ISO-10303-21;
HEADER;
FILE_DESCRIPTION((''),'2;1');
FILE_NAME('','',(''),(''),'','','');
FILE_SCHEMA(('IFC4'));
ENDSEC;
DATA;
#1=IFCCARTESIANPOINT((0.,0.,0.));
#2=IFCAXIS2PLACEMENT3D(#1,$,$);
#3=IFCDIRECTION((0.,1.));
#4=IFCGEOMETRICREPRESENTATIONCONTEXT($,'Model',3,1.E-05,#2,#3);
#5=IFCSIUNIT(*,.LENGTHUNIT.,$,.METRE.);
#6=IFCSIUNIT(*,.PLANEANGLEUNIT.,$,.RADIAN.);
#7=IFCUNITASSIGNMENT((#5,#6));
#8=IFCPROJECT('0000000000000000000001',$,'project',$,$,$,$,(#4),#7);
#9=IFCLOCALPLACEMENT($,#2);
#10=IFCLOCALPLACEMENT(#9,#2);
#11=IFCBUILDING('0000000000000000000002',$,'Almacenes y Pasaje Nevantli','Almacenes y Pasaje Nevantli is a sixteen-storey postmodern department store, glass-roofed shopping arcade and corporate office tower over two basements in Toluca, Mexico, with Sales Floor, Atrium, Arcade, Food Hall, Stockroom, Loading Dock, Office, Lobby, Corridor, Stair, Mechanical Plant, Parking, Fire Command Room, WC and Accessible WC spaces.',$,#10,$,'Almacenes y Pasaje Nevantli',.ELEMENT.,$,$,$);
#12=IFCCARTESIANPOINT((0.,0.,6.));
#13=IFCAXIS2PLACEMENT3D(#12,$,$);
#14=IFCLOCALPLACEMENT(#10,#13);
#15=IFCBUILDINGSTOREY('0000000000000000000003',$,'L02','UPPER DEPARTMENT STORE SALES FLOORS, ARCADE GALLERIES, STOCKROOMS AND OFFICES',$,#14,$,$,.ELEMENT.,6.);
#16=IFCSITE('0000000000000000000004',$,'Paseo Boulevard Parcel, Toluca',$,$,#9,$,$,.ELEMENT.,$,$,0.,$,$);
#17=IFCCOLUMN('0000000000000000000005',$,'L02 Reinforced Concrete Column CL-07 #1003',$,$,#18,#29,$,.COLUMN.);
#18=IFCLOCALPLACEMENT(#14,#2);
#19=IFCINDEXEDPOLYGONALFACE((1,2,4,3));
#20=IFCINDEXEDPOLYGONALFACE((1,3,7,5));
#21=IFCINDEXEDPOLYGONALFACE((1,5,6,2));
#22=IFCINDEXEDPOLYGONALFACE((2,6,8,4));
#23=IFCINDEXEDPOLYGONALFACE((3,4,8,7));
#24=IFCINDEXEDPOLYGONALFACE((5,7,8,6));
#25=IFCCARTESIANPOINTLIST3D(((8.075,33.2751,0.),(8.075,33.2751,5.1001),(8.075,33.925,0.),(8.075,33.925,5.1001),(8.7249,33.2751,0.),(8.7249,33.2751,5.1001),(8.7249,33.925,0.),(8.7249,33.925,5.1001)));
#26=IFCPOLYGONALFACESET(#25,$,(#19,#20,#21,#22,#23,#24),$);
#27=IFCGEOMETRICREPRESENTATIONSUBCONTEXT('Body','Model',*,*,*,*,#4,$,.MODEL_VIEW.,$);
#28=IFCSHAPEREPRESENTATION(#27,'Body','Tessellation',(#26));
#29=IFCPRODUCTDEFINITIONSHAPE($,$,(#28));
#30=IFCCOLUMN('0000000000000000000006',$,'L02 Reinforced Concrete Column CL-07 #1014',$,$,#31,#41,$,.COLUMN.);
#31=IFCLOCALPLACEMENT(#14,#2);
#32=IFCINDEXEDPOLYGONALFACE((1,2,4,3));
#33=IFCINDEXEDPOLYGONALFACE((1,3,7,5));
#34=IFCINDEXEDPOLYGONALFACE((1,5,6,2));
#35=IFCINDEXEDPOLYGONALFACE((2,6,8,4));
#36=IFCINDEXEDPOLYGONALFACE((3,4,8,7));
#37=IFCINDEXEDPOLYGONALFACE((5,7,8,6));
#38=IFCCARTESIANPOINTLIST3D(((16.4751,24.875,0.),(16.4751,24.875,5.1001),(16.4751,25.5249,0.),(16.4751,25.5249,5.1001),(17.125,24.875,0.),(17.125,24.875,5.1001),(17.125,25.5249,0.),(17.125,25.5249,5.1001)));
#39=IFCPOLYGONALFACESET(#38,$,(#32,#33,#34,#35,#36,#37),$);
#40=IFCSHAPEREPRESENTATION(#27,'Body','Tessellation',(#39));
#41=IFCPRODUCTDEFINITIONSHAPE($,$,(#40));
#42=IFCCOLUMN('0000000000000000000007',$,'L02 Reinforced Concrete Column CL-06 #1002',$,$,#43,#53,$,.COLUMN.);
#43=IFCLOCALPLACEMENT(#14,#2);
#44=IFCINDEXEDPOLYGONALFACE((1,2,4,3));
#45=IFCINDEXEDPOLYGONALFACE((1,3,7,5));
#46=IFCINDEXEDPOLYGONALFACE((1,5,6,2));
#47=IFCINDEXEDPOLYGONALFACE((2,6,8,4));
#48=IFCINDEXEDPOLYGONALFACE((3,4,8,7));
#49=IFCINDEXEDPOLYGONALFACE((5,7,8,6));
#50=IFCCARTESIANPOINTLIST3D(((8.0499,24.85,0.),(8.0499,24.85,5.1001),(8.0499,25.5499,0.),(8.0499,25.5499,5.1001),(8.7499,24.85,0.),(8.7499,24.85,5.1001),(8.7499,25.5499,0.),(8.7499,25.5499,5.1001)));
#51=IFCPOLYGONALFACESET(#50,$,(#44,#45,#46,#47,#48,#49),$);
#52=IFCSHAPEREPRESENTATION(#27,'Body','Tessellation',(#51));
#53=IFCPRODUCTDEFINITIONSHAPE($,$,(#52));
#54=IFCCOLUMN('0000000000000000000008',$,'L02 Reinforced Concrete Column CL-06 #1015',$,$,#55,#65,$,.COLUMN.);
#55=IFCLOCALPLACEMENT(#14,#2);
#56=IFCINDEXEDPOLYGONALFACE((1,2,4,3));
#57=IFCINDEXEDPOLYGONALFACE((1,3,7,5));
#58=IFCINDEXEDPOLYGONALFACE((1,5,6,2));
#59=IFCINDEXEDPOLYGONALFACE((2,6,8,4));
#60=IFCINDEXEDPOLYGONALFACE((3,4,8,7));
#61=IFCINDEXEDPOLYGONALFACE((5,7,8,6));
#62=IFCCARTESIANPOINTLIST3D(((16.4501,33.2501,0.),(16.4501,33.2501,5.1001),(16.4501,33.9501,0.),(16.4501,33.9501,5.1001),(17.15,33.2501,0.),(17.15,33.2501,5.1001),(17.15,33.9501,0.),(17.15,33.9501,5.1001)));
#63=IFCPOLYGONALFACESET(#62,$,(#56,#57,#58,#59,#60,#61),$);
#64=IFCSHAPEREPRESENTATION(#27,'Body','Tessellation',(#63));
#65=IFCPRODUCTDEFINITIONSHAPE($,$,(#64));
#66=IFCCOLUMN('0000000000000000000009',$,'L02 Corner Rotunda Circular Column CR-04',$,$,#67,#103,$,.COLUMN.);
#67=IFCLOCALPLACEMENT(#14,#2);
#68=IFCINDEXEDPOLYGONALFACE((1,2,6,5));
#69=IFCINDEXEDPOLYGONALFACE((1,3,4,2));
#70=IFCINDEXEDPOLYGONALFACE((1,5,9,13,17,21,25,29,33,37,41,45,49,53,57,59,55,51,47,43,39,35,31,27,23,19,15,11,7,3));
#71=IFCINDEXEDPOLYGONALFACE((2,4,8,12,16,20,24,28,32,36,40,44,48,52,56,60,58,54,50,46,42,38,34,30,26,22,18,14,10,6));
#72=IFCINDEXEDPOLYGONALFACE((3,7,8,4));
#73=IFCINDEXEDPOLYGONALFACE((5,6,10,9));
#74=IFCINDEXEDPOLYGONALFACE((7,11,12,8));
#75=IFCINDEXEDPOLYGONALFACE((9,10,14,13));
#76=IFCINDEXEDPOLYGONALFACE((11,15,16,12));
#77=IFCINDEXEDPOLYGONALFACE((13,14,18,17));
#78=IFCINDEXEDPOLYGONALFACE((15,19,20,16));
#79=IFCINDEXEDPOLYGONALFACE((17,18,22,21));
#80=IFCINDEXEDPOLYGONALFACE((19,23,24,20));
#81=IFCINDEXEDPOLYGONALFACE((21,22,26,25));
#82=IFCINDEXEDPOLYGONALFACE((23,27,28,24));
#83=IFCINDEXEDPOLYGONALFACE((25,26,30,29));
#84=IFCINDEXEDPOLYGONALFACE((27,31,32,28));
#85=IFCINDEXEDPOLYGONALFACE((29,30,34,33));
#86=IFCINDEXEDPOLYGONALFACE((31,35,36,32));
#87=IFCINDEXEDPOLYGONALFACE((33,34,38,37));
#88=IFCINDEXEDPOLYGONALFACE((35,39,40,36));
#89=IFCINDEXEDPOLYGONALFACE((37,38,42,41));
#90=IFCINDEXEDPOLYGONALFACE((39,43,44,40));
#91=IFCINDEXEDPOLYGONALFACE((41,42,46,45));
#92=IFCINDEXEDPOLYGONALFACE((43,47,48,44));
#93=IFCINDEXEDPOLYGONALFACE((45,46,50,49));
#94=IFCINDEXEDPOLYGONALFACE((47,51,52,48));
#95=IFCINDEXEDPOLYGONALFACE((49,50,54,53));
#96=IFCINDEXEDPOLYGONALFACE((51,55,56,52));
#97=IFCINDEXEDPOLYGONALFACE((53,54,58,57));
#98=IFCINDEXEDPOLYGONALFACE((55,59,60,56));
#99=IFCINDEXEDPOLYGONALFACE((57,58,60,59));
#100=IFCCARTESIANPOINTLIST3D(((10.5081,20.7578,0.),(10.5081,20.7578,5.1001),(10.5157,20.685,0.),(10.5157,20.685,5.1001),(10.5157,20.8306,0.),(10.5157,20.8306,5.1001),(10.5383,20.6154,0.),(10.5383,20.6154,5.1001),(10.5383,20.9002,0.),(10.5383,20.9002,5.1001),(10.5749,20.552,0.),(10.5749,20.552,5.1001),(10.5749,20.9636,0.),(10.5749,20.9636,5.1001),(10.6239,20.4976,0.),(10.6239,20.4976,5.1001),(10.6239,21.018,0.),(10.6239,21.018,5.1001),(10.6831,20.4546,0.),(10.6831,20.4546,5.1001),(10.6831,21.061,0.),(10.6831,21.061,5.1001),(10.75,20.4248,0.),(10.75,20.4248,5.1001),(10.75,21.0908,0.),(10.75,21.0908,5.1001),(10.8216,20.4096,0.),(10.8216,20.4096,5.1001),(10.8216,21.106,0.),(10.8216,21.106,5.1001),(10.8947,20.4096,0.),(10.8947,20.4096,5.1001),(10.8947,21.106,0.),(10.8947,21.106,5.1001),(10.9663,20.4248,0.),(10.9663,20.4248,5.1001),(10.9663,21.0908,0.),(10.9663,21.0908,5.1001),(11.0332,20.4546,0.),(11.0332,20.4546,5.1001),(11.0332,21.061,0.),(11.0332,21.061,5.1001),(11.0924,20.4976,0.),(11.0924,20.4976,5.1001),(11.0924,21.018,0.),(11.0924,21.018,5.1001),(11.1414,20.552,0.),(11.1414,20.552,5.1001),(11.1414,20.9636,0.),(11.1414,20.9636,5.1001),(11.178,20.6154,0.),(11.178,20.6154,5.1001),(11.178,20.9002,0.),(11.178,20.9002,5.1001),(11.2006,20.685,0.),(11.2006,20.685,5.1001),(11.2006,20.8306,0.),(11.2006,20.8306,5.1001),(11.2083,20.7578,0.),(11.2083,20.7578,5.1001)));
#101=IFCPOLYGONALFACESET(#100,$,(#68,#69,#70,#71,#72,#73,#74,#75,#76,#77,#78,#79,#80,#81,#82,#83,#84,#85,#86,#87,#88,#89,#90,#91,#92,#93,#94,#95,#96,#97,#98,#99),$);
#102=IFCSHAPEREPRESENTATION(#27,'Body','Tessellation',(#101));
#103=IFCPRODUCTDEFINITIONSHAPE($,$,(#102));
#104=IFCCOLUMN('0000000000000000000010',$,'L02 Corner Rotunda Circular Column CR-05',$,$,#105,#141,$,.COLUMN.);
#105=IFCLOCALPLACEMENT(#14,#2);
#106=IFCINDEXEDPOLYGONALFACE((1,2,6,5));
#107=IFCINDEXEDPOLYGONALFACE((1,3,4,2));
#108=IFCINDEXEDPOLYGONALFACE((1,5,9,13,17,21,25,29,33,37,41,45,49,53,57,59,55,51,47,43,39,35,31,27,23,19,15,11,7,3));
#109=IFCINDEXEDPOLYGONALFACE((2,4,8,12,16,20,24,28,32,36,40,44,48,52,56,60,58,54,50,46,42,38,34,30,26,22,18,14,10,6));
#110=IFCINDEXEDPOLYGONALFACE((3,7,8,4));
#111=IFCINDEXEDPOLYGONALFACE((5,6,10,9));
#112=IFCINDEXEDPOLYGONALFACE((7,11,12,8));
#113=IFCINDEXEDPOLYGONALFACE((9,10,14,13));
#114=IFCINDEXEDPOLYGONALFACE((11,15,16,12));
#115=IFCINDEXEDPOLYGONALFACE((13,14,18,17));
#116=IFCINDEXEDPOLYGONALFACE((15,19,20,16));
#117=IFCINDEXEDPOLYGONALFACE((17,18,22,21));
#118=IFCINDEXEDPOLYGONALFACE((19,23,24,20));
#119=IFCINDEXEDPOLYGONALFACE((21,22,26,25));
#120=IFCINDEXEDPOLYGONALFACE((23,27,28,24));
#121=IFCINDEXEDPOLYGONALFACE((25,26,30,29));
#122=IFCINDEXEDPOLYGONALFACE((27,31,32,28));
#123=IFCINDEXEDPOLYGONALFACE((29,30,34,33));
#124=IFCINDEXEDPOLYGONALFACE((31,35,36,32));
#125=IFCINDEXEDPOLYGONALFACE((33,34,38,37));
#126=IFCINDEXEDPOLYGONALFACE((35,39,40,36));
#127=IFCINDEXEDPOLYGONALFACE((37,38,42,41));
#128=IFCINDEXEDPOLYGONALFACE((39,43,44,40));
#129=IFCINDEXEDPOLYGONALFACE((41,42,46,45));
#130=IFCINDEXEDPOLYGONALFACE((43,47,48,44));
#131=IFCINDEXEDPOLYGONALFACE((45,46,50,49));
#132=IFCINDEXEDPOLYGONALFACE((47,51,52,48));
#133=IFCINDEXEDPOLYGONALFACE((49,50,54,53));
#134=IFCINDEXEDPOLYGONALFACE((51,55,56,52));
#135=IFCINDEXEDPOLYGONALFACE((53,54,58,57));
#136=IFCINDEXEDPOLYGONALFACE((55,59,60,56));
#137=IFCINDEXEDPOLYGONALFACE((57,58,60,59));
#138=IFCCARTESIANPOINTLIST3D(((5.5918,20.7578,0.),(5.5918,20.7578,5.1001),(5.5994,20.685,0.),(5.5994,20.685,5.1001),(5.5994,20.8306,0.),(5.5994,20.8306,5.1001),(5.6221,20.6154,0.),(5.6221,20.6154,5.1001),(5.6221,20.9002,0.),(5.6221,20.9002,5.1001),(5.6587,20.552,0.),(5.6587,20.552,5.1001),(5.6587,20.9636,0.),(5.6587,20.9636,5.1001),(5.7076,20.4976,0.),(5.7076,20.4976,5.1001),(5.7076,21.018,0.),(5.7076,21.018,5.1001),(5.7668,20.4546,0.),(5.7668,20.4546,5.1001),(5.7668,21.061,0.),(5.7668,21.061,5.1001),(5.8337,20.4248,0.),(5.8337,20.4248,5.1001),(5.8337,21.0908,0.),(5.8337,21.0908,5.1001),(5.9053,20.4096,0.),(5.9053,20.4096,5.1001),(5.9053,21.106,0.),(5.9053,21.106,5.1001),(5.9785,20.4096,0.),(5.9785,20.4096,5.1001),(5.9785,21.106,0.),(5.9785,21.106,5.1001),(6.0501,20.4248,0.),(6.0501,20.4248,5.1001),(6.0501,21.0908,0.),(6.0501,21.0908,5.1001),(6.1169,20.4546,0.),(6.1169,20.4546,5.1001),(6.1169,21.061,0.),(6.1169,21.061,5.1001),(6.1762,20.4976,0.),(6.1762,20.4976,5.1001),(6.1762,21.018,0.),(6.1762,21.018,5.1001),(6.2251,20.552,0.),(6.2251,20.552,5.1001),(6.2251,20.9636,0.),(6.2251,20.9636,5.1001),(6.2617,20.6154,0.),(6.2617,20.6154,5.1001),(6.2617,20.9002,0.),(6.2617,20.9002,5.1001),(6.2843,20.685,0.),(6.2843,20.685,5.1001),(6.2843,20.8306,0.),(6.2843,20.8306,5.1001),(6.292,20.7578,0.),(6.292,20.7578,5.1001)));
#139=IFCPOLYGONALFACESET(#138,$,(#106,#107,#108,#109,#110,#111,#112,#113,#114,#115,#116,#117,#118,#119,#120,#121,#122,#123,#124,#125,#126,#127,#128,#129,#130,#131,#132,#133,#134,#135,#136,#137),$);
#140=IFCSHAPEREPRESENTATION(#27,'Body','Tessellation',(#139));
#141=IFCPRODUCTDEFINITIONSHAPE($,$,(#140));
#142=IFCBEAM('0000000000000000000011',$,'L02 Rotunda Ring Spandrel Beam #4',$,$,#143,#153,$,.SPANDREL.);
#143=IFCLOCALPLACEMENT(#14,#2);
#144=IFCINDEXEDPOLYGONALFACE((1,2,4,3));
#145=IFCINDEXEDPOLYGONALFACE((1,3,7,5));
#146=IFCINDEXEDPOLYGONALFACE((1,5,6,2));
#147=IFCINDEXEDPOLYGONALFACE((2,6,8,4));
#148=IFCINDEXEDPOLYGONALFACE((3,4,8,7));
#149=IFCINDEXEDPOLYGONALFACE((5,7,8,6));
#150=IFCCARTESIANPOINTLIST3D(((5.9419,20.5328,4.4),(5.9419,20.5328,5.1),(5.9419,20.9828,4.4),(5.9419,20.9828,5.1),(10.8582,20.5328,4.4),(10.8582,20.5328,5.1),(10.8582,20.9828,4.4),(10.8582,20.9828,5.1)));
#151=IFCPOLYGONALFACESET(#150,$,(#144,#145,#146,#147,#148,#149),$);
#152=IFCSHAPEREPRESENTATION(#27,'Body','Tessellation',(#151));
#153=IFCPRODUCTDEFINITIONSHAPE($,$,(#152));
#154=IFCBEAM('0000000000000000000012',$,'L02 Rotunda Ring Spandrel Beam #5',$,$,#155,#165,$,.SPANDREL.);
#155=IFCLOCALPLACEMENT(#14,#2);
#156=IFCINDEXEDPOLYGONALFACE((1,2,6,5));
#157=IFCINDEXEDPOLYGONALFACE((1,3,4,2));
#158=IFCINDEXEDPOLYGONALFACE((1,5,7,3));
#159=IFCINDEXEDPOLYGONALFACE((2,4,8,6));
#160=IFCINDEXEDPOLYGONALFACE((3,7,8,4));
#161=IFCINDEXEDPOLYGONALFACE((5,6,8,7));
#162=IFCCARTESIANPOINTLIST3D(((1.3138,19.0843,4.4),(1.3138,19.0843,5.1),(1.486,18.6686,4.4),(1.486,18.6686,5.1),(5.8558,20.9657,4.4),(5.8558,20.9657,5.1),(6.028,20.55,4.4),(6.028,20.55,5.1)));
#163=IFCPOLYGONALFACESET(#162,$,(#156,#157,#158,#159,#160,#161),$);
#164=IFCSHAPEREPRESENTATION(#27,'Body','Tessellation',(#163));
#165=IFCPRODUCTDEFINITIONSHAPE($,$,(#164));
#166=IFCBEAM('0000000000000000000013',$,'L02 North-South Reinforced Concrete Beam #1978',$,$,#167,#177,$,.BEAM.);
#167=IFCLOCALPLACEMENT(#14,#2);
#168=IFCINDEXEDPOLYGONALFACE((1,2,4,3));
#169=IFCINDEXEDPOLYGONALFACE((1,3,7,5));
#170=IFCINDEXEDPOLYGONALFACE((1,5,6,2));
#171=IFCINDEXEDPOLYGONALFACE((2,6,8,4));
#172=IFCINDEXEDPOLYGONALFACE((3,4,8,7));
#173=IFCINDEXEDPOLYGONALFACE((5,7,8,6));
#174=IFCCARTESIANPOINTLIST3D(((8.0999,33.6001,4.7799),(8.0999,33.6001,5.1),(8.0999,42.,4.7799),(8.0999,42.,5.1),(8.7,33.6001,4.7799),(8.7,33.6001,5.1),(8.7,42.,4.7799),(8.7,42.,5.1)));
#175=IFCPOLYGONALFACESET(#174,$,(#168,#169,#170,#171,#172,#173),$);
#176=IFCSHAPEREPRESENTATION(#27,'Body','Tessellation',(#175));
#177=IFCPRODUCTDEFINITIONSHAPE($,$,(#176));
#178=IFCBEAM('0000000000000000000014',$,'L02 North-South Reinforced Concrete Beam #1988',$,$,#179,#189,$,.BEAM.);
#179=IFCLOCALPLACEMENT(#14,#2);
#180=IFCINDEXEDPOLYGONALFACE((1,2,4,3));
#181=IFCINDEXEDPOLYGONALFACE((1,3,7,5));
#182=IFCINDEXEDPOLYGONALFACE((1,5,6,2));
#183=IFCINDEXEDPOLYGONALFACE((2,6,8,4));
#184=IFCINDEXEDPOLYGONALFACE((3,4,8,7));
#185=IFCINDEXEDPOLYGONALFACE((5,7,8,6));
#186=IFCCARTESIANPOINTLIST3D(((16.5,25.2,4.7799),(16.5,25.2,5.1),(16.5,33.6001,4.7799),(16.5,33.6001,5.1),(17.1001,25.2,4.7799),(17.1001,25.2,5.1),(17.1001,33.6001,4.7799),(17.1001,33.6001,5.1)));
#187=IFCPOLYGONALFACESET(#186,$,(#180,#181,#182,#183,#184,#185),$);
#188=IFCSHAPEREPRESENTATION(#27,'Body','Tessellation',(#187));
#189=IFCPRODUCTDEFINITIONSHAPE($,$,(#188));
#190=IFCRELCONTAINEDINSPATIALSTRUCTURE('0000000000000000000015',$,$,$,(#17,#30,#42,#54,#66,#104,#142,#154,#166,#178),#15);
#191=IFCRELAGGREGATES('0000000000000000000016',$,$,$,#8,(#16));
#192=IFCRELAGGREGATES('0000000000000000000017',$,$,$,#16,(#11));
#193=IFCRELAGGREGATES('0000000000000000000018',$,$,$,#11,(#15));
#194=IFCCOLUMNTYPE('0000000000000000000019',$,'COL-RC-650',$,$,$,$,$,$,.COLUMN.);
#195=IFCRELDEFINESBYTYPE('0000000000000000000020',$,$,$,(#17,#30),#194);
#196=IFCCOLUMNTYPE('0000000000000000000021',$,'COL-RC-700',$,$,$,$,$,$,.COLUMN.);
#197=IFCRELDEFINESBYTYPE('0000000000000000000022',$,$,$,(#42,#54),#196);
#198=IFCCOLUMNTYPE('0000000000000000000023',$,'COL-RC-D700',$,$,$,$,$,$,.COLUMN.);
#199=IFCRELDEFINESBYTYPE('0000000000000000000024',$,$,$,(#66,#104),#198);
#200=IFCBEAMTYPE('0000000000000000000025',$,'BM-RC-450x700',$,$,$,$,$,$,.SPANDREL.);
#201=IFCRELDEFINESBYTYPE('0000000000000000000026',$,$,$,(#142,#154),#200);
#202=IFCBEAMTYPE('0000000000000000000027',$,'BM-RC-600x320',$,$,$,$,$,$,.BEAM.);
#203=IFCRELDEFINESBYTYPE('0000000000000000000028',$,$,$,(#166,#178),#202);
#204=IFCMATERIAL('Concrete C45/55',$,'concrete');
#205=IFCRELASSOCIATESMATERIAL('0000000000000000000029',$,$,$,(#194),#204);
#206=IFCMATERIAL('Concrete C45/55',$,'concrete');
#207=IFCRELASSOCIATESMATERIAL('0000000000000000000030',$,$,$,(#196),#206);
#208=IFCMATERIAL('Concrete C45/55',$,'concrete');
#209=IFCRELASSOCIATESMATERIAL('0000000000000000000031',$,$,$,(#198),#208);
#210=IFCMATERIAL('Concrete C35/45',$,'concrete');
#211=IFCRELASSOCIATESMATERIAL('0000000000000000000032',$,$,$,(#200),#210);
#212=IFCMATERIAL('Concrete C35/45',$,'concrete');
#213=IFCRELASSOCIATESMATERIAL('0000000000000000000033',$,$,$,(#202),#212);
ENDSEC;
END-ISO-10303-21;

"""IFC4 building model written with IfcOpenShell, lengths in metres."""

from ifc_helpers import new_model, si_unit, direction, frame, origin, origin_2d, place, context, subcontext, project, spatial, rectangle, circle, extrude, material, material_profile, profile_set, type_object, element, save


model = new_model("IFC4")

# Units and contexts
model_context = context("Model", 3, precision=1e-05, world=origin(), true_north=direction((0.0, 1.0)))
body_context = subcontext(model_context, "Body", "Model", "MODEL_VIEW")
ifc_project = project(units=[si_unit("LENGTHUNIT", "METRE"), si_unit("PLANEANGLEUNIT", "RADIAN")], contexts=[model_context])

# Site, building, storey
site_placement = place(None, origin())
site = spatial("IfcSite", under=ifc_project, at=site_placement, Name="Paseo Boulevard Parcel, Toluca", CompositionType="ELEMENT", RefElevation=0.0)
building_placement = place(site_placement, origin())
building = spatial("IfcBuilding", under=site, at=building_placement, Name="Almacenes y Pasaje Nevantli", Description="Almacenes y Pasaje Nevantli is a sixteen-storey postmodern department store, glass-roofed shopping arcade and corporate office tower over two basements in Toluca, Mexico, with Sales Floor, Atrium, Arcade, Food Hall, Stockroom, Loading Dock, Office, Lobby, Corridor, Stair, Mechanical Plant, Parking, Fire Command Room, WC and Accessible WC spaces.", LongName="Almacenes y Pasaje Nevantli", CompositionType="ELEMENT")
storey_placement = place(building_placement, frame((0.0, 0.0, 6.0)))
storey = spatial("IfcBuildingStorey", under=building, at=storey_placement, Name="L02", Description="UPPER DEPARTMENT STORE SALES FLOORS, ARCADE GALLERIES, STOCKROOMS AND OFFICES", CompositionType="ELEMENT", Elevation=6.0)

# Columns
ifc_material_1 = material(Name="Concrete C45/55", Category="concrete")
ifc_material_profile_1 = material_profile(ifc_material_1, rectangle(XDim=0.6499, YDim=0.6499, at=origin_2d()), Name="RC-COL-650x650")
ifc_profile_set_1 = profile_set([ifc_material_profile_1], Name="Concrete C45/55")
column_type_1 = type_object("IfcColumnType", Name="COL-RC-650", PredefinedType="COLUMN", material=ifc_profile_set_1)
for number, where, z_axis, x_axis, name in (
    (1, (8.3999, 33.6001, 0.0), (0.0, 0.0, 1.0), (1.0, 0.0, 0.0), "L02 Reinforced Concrete Column CL-07 #1003"),
    (2, (16.8, 25.2, 0.0), (0.0, 0.0, 1.0), (1.0, 0.0, 0.0), "L02 Reinforced Concrete Column CL-07 #1014"),
):
    element("IfcColumn", number, at=place(storey_placement, frame(where, z_axis=z_axis, x_axis=x_axis)), inside=storey, type_object=column_type_1, Name=name, PredefinedType="COLUMN", context=body_context, shape_type="SweptSolid", body=[
        extrude(rectangle(XDim=0.6499, YDim=0.6499, at=origin_2d()), origin(), (0.0, 0.0, 1.0), 5.1001),
    ])
ifc_material_2 = material(Name="Concrete C45/55", Category="concrete")
ifc_material_profile_2 = material_profile(ifc_material_2, rectangle(XDim=0.7, YDim=0.7, at=origin_2d()), Name="RC-COL-700x700")
ifc_profile_set_2 = profile_set([ifc_material_profile_2], Name="Concrete C45/55")
column_type_2 = type_object("IfcColumnType", Name="COL-RC-700", PredefinedType="COLUMN", material=ifc_profile_set_2)
for number, where, z_axis, x_axis, name in (
    (3, (8.3999, 25.2, 0.0), (0.0, 0.0, 1.0), (1.0, 0.0, 0.0), "L02 Reinforced Concrete Column CL-06 #1002"),
    (4, (16.8, 33.6001, 0.0), (0.0, 0.0, 1.0), (1.0, 0.0, 0.0), "L02 Reinforced Concrete Column CL-06 #1015"),
):
    element("IfcColumn", number, at=place(storey_placement, frame(where, z_axis=z_axis, x_axis=x_axis)), inside=storey, type_object=column_type_2, Name=name, PredefinedType="COLUMN", context=body_context, shape_type="SweptSolid", body=[
        extrude(rectangle(XDim=0.7, YDim=0.7, at=origin_2d()), origin(), (0.0, 0.0, 1.0), 5.1001),
    ])
ifc_material_3 = material(Name="Concrete C45/55", Category="concrete")
ifc_material_profile_3 = material_profile(ifc_material_3, circle(Radius=0.3501, at=origin_2d()), Name="RC-COL-D700")
ifc_profile_set_3 = profile_set([ifc_material_profile_3], Name="Concrete C45/55")
column_type_3 = type_object("IfcColumnType", Name="COL-RC-D700", PredefinedType="COLUMN", material=ifc_profile_set_3)
for number, where, z_axis, x_axis, name in (
    (5, (10.8582, 20.7578, 0.0), (0.0, 0.0, 1.0), (1.0, 0.0, 0.0), "L02 Corner Rotunda Circular Column CR-04"),
    (6, (5.9419, 20.7578, 0.0), (0.0, 0.0, 1.0), (1.0, 0.0, 0.0), "L02 Corner Rotunda Circular Column CR-05"),
):
    element("IfcColumn", number, at=place(storey_placement, frame(where, z_axis=z_axis, x_axis=x_axis)), inside=storey, type_object=column_type_3, Name=name, PredefinedType="COLUMN", context=body_context, shape_type="SweptSolid", body=[
        extrude(circle(Radius=0.3501, at=origin_2d()), origin(), (0.0, 0.0, 1.0), 5.1001),
    ])

# Beams
ifc_material_4 = material(Name="Concrete C35/45", Category="concrete")
ifc_material_profile_4 = material_profile(ifc_material_4, rectangle(XDim=0.45, YDim=0.7, at=origin_2d()), Name="RC-BM-450x700")
ifc_profile_set_4 = profile_set([ifc_material_profile_4], Name="Concrete C35/45")
beam_type_1 = type_object("IfcBeamType", Name="BM-RC-450x700", PredefinedType="SPANDREL", material=ifc_profile_set_4)
for number, where, z_axis, x_axis, name in (
    (7, (10.8582, 20.7578, 4.75), (-1.0, 0.0, 0.0), (0.0, -1.0, 0.0), "L02 Rotunda Ring Spandrel Beam #4"),
    (8, (5.9419, 20.7578, 4.75), (-0.92388, -0.382682, 0.0), (0.382682, -0.92388, 0.0), "L02 Rotunda Ring Spandrel Beam #5"),
):
    element("IfcBeam", number, at=place(storey_placement, frame(where, z_axis=z_axis, x_axis=x_axis)), inside=storey, type_object=beam_type_1, Name=name, PredefinedType="SPANDREL", context=body_context, shape_type="SweptSolid", body=[
        extrude(rectangle(XDim=0.45, YDim=0.7, at=origin_2d()), origin(), (0.0, 0.0, 1.0), 4.9163),
    ])
ifc_material_5 = material(Name="Concrete C35/45", Category="concrete")
ifc_material_profile_5 = material_profile(ifc_material_5, rectangle(XDim=0.6001, YDim=0.3201, at=origin_2d()), Name="RC-BM-600x320")
ifc_profile_set_5 = profile_set([ifc_material_profile_5], Name="Concrete C35/45")
beam_type_2 = type_object("IfcBeamType", Name="BM-RC-600x320", PredefinedType="BEAM", material=ifc_profile_set_5)
beam_1_placement = place(storey_placement, frame((8.3999, 33.6001, 4.9399), z_axis=(0.0, 1.0, 0.0), x_axis=(-1.0, 0.0, 0.0)))
element("IfcBeam", 9, at=beam_1_placement, inside=storey, type_object=beam_type_2, Name="L02 North-South Reinforced Concrete Beam #1978", PredefinedType="BEAM", context=body_context, shape_type="SweptSolid", body=[
    extrude(rectangle(XDim=0.6001, YDim=0.3201, at=origin_2d()), origin(), (0.0, 0.0, 1.0), 8.3999),
])
beam_2_placement = place(storey_placement, frame((16.8, 25.2, 4.9399), z_axis=(0.0, 1.0, 0.0), x_axis=(-1.0, 0.0, 0.0)))
element("IfcBeam", 10, at=beam_2_placement, inside=storey, type_object=beam_type_2, Name="L02 North-South Reinforced Concrete Beam #1988", PredefinedType="BEAM", context=body_context, shape_type="SweptSolid", body=[
    extrude(rectangle(XDim=0.6001, YDim=0.3201, at=origin_2d()), origin(), (0.0, 0.0, 1.0), 8.4001),
])

save(model, "model.ifc")
